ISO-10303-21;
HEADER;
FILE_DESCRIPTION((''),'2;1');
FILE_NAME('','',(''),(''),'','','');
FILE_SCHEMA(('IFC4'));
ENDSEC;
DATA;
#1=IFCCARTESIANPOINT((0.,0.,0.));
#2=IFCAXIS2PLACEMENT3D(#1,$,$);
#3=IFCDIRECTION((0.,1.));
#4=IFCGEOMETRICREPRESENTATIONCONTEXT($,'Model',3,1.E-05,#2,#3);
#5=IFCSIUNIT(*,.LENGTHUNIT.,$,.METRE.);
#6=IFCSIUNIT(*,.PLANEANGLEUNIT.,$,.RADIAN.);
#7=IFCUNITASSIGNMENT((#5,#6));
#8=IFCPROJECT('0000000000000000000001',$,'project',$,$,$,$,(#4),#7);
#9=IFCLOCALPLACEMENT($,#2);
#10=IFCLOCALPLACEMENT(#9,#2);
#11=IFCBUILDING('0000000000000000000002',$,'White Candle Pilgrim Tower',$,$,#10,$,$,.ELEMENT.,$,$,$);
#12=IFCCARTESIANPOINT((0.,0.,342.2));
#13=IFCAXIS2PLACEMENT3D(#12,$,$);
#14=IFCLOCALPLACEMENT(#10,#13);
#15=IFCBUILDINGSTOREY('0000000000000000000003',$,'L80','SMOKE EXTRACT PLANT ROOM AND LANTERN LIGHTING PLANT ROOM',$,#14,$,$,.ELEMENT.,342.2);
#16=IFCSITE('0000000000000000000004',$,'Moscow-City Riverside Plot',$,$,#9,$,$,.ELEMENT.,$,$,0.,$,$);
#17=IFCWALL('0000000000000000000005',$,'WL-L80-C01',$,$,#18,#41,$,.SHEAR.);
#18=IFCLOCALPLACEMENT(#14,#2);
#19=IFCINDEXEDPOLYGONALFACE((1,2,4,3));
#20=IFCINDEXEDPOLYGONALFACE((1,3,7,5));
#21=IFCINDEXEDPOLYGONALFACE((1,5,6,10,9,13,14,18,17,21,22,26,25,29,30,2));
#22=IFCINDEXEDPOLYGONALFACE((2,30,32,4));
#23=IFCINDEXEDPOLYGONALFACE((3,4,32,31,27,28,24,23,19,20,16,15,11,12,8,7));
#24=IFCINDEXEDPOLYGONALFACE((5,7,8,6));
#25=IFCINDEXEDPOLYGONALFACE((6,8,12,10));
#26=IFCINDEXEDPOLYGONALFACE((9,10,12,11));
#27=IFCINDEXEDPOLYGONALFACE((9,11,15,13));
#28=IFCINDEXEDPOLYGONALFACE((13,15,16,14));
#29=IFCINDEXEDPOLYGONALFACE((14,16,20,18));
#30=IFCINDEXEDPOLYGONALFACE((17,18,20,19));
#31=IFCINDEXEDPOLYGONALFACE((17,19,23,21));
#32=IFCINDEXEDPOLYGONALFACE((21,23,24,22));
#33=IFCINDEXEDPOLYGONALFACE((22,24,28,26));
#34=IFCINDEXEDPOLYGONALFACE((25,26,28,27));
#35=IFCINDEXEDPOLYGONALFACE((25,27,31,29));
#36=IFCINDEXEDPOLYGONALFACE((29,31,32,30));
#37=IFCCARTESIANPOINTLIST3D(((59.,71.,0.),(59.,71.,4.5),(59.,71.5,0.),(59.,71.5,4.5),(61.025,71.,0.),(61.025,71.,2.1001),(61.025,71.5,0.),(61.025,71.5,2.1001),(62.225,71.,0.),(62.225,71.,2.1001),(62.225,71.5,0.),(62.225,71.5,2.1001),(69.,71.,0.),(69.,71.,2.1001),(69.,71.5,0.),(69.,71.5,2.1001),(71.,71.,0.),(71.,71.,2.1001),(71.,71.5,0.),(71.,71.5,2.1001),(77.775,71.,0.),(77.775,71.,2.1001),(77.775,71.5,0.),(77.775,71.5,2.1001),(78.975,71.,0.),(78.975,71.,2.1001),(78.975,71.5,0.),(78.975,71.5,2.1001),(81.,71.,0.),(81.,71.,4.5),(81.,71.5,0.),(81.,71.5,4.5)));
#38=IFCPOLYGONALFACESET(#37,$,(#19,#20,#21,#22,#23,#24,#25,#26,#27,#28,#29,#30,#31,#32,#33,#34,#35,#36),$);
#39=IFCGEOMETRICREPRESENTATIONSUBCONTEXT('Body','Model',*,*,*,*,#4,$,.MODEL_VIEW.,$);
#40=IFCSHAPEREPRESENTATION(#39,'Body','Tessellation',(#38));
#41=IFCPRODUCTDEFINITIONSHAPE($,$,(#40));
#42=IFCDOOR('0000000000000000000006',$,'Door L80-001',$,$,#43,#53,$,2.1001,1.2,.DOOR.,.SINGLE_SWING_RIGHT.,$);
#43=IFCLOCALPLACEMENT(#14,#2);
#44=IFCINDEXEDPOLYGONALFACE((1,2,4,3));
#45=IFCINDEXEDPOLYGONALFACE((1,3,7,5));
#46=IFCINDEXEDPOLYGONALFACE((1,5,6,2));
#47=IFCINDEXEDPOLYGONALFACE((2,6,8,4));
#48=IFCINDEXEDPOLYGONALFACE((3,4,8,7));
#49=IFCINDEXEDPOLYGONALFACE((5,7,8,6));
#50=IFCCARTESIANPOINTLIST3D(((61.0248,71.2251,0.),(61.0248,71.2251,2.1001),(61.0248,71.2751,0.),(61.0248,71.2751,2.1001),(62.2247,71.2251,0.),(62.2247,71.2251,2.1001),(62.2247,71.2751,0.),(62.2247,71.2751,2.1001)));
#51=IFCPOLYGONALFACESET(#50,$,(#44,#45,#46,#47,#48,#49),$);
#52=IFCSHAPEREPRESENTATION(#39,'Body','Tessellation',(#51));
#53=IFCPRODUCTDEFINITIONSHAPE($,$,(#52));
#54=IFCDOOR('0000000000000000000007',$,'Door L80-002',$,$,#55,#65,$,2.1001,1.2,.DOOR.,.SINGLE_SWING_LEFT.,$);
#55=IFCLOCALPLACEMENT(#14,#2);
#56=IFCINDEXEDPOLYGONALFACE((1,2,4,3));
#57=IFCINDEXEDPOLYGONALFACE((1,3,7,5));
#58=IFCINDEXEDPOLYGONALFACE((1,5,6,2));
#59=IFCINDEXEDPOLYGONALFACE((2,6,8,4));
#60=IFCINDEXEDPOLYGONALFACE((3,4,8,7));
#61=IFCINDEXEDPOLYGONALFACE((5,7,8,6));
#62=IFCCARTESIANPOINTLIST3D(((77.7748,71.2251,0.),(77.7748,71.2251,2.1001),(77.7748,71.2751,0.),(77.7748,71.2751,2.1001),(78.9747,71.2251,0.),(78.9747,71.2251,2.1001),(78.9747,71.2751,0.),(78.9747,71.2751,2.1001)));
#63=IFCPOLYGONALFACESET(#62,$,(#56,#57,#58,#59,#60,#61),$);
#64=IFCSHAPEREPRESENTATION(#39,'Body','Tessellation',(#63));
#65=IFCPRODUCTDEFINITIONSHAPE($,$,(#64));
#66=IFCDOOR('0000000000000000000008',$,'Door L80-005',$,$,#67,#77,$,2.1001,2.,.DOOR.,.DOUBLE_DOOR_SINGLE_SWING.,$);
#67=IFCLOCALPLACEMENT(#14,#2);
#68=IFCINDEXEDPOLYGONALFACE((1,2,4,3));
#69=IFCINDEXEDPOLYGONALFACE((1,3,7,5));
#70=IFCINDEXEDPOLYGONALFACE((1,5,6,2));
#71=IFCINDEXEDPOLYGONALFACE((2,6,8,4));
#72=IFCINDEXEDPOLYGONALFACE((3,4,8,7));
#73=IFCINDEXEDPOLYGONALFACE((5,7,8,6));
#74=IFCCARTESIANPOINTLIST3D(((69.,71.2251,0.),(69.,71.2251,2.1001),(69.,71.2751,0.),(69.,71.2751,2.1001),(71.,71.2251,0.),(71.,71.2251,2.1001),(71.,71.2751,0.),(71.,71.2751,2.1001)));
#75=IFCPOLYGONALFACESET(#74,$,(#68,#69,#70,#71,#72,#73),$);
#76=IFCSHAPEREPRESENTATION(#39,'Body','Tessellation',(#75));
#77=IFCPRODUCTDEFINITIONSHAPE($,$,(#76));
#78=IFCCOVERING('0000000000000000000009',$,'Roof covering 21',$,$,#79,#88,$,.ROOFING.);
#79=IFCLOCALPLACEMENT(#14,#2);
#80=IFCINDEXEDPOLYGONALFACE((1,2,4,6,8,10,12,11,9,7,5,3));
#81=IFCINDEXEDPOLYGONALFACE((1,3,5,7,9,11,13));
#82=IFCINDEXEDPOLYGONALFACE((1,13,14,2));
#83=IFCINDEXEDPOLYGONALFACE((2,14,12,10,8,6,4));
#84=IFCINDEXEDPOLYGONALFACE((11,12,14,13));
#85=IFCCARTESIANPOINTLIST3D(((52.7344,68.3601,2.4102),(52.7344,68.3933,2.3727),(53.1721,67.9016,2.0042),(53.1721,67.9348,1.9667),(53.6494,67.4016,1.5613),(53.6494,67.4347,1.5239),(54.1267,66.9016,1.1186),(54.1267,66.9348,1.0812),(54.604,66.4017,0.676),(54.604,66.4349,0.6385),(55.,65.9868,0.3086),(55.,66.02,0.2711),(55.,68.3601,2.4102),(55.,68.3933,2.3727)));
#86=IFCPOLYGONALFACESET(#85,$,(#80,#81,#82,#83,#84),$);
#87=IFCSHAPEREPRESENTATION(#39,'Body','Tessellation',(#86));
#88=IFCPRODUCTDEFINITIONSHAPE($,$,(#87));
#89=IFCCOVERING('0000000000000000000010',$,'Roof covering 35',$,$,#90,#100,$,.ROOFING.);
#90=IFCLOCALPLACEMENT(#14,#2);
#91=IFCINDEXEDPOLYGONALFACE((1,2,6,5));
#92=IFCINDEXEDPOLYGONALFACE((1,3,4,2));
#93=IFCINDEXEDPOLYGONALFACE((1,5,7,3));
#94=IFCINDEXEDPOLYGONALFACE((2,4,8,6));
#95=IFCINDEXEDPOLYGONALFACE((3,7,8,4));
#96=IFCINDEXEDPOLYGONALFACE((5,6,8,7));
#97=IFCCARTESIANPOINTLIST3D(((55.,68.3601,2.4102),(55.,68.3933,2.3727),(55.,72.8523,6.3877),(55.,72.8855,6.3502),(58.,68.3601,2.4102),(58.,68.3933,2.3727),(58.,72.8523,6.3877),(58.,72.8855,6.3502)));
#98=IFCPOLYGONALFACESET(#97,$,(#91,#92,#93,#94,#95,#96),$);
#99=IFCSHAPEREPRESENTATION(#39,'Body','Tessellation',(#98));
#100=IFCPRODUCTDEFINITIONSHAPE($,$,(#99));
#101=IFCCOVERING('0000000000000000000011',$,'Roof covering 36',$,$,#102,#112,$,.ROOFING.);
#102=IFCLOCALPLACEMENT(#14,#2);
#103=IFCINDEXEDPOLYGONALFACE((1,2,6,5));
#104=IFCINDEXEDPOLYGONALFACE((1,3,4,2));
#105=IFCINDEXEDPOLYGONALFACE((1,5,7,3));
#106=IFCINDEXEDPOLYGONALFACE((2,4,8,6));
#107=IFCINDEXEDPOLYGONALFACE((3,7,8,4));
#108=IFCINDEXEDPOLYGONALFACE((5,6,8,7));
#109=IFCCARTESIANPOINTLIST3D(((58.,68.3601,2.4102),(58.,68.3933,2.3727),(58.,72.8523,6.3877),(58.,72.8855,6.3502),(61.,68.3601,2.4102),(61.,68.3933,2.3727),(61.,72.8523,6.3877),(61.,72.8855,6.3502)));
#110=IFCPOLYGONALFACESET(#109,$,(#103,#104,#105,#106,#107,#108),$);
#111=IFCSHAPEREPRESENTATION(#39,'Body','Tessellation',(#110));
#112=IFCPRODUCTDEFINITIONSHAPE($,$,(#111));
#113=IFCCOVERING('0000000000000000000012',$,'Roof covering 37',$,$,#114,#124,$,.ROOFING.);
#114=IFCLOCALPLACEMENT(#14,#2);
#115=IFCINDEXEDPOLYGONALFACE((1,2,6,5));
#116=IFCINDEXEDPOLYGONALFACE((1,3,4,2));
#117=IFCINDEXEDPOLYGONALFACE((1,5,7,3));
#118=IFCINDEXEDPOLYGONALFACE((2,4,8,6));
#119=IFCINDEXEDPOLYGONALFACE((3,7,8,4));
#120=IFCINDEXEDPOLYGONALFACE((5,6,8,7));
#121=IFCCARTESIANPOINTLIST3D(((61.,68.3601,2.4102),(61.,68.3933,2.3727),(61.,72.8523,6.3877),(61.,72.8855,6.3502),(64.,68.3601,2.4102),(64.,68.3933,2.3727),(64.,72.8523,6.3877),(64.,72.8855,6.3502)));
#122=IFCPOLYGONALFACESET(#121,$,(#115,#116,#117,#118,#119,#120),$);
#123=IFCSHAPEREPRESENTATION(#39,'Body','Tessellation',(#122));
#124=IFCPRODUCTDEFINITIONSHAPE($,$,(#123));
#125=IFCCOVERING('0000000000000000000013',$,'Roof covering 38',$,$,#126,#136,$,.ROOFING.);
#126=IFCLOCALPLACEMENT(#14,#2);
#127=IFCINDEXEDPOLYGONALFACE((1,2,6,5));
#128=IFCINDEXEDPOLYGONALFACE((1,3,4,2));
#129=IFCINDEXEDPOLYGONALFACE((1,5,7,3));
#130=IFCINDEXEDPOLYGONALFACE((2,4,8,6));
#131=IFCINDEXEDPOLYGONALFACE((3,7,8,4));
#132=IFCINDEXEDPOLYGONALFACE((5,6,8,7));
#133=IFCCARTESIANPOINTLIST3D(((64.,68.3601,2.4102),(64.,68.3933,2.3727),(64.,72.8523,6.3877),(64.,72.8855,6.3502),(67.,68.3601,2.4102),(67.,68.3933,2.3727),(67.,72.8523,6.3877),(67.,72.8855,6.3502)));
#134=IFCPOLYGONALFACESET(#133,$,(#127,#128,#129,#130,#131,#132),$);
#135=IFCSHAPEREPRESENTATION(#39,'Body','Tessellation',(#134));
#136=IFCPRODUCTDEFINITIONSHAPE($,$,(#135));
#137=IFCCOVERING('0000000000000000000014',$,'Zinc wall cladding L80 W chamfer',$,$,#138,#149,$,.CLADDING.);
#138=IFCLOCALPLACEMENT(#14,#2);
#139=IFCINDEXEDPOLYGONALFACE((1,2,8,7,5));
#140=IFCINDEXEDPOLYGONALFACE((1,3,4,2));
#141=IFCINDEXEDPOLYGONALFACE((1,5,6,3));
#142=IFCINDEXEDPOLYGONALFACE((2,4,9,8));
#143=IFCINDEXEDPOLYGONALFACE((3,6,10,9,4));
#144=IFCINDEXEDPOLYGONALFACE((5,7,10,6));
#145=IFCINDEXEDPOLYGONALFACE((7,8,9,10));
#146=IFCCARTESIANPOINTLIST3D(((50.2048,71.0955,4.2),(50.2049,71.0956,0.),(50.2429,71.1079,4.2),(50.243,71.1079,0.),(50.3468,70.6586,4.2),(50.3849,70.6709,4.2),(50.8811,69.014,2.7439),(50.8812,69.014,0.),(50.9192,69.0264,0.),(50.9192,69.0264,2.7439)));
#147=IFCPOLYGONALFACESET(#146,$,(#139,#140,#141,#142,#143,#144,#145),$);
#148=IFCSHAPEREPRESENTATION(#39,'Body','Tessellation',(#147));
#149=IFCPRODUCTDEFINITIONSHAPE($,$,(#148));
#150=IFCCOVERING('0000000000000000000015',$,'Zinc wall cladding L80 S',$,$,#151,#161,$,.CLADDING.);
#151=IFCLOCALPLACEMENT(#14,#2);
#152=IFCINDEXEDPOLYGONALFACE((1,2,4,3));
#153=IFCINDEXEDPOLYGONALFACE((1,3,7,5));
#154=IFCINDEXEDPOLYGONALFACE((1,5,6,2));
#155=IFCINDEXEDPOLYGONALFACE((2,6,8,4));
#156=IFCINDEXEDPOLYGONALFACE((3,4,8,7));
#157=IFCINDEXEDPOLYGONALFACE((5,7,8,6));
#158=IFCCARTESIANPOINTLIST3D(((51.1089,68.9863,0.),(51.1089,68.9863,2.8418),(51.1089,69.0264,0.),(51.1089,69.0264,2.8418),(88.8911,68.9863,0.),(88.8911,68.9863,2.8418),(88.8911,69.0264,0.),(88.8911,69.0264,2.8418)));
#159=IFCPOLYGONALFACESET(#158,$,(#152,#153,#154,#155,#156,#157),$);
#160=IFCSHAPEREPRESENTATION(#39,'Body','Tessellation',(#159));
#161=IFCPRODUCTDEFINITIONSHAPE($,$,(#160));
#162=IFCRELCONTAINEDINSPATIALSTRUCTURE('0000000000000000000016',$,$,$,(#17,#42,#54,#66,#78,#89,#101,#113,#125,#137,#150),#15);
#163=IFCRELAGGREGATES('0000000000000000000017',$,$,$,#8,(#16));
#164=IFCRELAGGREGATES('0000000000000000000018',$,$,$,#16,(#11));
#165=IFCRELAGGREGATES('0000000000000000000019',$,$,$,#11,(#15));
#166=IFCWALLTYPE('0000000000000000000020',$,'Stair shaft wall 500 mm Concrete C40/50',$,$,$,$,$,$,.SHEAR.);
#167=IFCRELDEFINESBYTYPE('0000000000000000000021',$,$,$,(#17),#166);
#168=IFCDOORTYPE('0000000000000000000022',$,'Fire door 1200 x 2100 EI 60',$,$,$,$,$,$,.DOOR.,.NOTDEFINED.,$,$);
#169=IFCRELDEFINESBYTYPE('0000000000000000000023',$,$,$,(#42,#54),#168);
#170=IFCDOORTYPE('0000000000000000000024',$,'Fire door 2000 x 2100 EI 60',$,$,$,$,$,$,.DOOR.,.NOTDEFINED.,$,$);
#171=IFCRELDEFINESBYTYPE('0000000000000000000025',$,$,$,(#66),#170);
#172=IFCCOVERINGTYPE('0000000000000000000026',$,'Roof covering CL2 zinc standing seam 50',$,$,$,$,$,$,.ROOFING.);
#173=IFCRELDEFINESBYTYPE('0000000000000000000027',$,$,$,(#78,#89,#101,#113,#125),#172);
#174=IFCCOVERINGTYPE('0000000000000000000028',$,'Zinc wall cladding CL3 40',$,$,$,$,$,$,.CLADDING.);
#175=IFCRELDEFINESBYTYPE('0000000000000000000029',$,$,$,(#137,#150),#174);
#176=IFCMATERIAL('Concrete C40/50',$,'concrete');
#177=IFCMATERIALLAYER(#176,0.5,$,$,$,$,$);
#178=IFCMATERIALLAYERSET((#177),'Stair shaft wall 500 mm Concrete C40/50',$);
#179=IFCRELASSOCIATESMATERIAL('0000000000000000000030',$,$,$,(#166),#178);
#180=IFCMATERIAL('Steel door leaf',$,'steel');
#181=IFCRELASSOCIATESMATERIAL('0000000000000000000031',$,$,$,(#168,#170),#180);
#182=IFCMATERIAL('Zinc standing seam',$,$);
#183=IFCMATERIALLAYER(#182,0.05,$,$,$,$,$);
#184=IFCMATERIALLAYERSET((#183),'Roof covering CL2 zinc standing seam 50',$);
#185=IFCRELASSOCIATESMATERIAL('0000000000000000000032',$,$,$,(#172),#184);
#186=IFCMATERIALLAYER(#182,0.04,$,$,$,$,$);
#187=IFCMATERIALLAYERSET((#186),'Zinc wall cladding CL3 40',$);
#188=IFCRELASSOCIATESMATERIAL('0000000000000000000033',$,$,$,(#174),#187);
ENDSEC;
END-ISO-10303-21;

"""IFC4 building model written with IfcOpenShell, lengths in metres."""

from ifc_helpers import new_model, si_unit, direction, frame, frame_2d, origin, place, context, subcontext, project, spatial, polyline, rectangle, outline, extrude, material, layer, layer_set, type_object, element, fill, save


model = new_model("IFC4")

# Units and contexts
model_context = context("Model", 3, precision=1e-05, world=origin(), true_north=direction((0.0, 1.0)))
body_context = subcontext(model_context, "Body", "Model", "MODEL_VIEW")
ifc_project = project(units=[si_unit("LENGTHUNIT", "METRE"), si_unit("PLANEANGLEUNIT", "RADIAN")], contexts=[model_context])

# Site, building, storey
site_placement = place(None, origin())
site = spatial("IfcSite", under=ifc_project, at=site_placement, Name="Moscow-City Riverside Plot", CompositionType="ELEMENT", RefElevation=0.0)
building_placement = place(site_placement, origin())
building = spatial("IfcBuilding", under=site, at=building_placement, Name="White Candle Pilgrim Tower", CompositionType="ELEMENT")
storey_placement = place(building_placement, frame((0.0, 0.0, 342.2)))
storey = spatial("IfcBuildingStorey", under=building, at=storey_placement, Name="L80", Description="SMOKE EXTRACT PLANT ROOM AND LANTERN LIGHTING PLANT ROOM", CompositionType="ELEMENT", Elevation=342.2)

# Shared definitions
ifc_material_1 = material(Name="Concrete C40/50", Category="concrete")

# Shared definitions
ifc_material_2 = material(Name="Steel door leaf", Category="steel")

# Wall, openings, doors
ifc_layer_1 = layer(ifc_material_1, 0.5)
ifc_layer_set_1 = layer_set([ifc_layer_1], Name="Stair shaft wall 500 mm Concrete C40/50")
wall_type_1 = type_object("IfcWallType", Name="Stair shaft wall 500 mm Concrete C40/50", PredefinedType="SHEAR", material=ifc_layer_set_1)
wall_1_placement = place(storey_placement, frame((59.0, 71.25, 0.0), z_axis=(0.0, 0.0, 1.0), x_axis=(1.0, 0.0, 0.0)))
wall_1 = element("IfcWall", 1, at=wall_1_placement, inside=storey, type_object=wall_type_1, Name="WL-L80-C01", PredefinedType="SHEAR", context=body_context, shape_type="SweptSolid", body=[
    extrude(rectangle(XDim=22.0, YDim=0.5, at=frame_2d((11.0, 0.0))), origin(), (0.0, 0.0, 1.0), 4.5),
])
opening_1_placement = place(wall_1_placement, frame((2.0249, 0.0, 0.0)))
opening_1 = element("IfcOpeningElement", 2, at=opening_1_placement, cuts=wall_1, PredefinedType="OPENING", context=body_context, shape_type="SweptSolid", body=[
    extrude(rectangle(XDim=1.2, YDim=2.1001, at=frame_2d((0.6001, 1.05))), frame((0.0, 0.26, 0.0), z_axis=(0.0, -1.0, 0.0), x_axis=(1.0, 0.0, 0.0)), (0.0, 0.0, 1.0), 0.52),
])
opening_2_placement = place(wall_1_placement, frame((18.7749, 0.0, 0.0)))
opening_2 = element("IfcOpeningElement", 3, at=opening_2_placement, cuts=wall_1, PredefinedType="OPENING", context=body_context, shape_type="SweptSolid", body=[
    extrude(rectangle(XDim=1.2, YDim=2.1001, at=frame_2d((0.6001, 1.05))), frame((0.0, 0.26, 0.0), z_axis=(0.0, -1.0, 0.0), x_axis=(1.0, 0.0, 0.0)), (0.0, 0.0, 1.0), 0.52),
])
opening_3_placement = place(wall_1_placement, frame((10.0, 0.0, 0.0)))
opening_3 = element("IfcOpeningElement", 4, at=opening_3_placement, cuts=wall_1, PredefinedType="OPENING", context=body_context, shape_type="SweptSolid", body=[
    extrude(rectangle(XDim=2.0, YDim=2.1001, at=frame_2d((1.0, 1.05))), frame((0.0, 0.26, 0.0), z_axis=(0.0, -1.0, 0.0), x_axis=(1.0, 0.0, 0.0)), (0.0, 0.0, 1.0), 0.52),
])
door_type_1 = type_object("IfcDoorType", Name="Fire door 1200 x 2100 EI 60", OperationType="NOTDEFINED", PredefinedType="DOOR", material=ifc_material_2)
door_1_placement = place(opening_1_placement, frame((1.2, 0.0, 0.0), z_axis=(0.0, 0.0, 1.0), x_axis=(-1.0, 0.0, 0.0)))
door_1 = element("IfcDoor", 5, at=door_1_placement, inside=storey, type_object=door_type_1, Name="Door L80-001", OperationType="SINGLE_SWING_RIGHT", OverallHeight=2.1001, OverallWidth=1.2, PredefinedType="DOOR", context=body_context, shape_type="SweptSolid", body=[
    extrude(rectangle(XDim=1.2, YDim=2.1001, at=frame_2d((0.6001, 1.05))), frame((0.0, 0.0249, 0.0), z_axis=(0.0, -1.0, 0.0), x_axis=(1.0, 0.0, 0.0)), (0.0, 0.0, 1.0), 0.05),
])
fill(opening_1, door_1)
door_2_placement = place(opening_2_placement, frame((1.2, 0.0, 0.0), z_axis=(0.0, 0.0, 1.0), x_axis=(-1.0, 0.0, 0.0)))
door_2 = element("IfcDoor", 6, at=door_2_placement, inside=storey, type_object=door_type_1, Name="Door L80-002", OperationType="SINGLE_SWING_LEFT", OverallHeight=2.1001, OverallWidth=1.2, PredefinedType="DOOR", context=body_context, shape_type="SweptSolid", body=[
    extrude(rectangle(XDim=1.2, YDim=2.1001, at=frame_2d((0.6001, 1.05))), frame((0.0, 0.0249, 0.0), z_axis=(0.0, -1.0, 0.0), x_axis=(1.0, 0.0, 0.0)), (0.0, 0.0, 1.0), 0.05),
])
fill(opening_2, door_2)
door_type_2 = type_object("IfcDoorType", Name="Fire door 2000 x 2100 EI 60", OperationType="NOTDEFINED", PredefinedType="DOOR", material=ifc_material_2)
door_3_placement = place(opening_3_placement, frame((2.0, 0.0, 0.0), z_axis=(0.0, 0.0, 1.0), x_axis=(-1.0, 0.0, 0.0)))
door_3 = element("IfcDoor", 7, at=door_3_placement, inside=storey, type_object=door_type_2, Name="Door L80-005", OperationType="DOUBLE_DOOR_SINGLE_SWING", OverallHeight=2.1001, OverallWidth=2.0, PredefinedType="DOOR", context=body_context, shape_type="SweptSolid", body=[
    extrude(rectangle(XDim=2.0, YDim=2.1001, at=frame_2d((1.0, 1.05))), frame((0.0, 0.0249, 0.0), z_axis=(0.0, -1.0, 0.0), x_axis=(1.0, 0.0, 0.0)), (0.0, 0.0, 1.0), 0.05),
])
fill(opening_3, door_3)

# Coverings
ifc_material_3 = material(Name="Zinc standing seam")
ifc_layer_2 = layer(ifc_material_3, 0.05)
ifc_layer_set_2 = layer_set([ifc_layer_2], Name="Roof covering CL2 zinc standing seam 50")
covering_type_1 = type_object("IfcCoveringType", Name="Roof covering CL2 zinc standing seam 50", PredefinedType="ROOFING", material=ifc_layer_set_2)
covering_1_placement = place(storey_placement, frame((55.0, 68.3601, 2.4102), z_axis=(-0.000001, -0.662948, 0.748665), x_axis=(0.0, -0.748665, -0.662948)))
element("IfcCovering", 8, at=covering_1_placement, inside=storey, type_object=covering_type_1, Name="Roof covering 21", PredefinedType="ROOFING", context=body_context, shape_type="SweptSolid", body=[
    extrude(outline(polyline([(0.0, 0.0), (3.17, 0.0), (2.6159, -0.396), (1.9481, -0.8733), (1.2804, -1.3506), (0.6124, -1.8279), (0.0, -2.2656), (0.0, 0.0)])), origin(), (0.0, 0.0, -1.0), 0.05),
])
for number, where, z_axis, x_axis, name in (
    (9, (55.0, 68.3601, 2.4102), (0.0, -0.662918, 0.748692), (0.0, 0.748692, 0.662918), "Roof covering 35"),
    (10, (58.0, 68.3601, 2.4102), (0.0, -0.662918, 0.748692), (0.0, 0.748692, 0.662918), "Roof covering 36"),
    (11, (61.0, 68.3601, 2.4102), (0.0, -0.662918, 0.748692), (0.0, 0.748692, 0.662918), "Roof covering 37"),
    (12, (64.0, 68.3601, 2.4102), (0.0, -0.662918, 0.748692), (0.0, 0.748692, 0.662918), "Roof covering 38"),
):
    element("IfcCovering", number, at=place(storey_placement, frame(where, z_axis=z_axis, x_axis=x_axis)), inside=storey, type_object=covering_type_1, Name=name, PredefinedType="ROOFING", context=body_context, shape_type="SweptSolid", body=[
        extrude(outline(polyline([(0.0, 0.0), (6.0, 0.0), (6.0, -3.0), (0.0, -3.0), (0.0, 0.0)])), origin(), (0.0, 0.0, -1.0), 0.05),
    ])
ifc_layer_3 = layer(ifc_material_3, 0.04)
ifc_layer_set_3 = layer_set([ifc_layer_3], Name="Zinc wall cladding CL3 40")
covering_type_2 = type_object("IfcCoveringType", Name="Zinc wall cladding CL3 40", PredefinedType="CLADDING", material=ifc_layer_set_3)
covering_2_placement = place(storey_placement, frame((50.2429, 71.1079, 4.2), z_axis=(0.951069, 0.308979, 0.000018), x_axis=(0.308979, -0.951069, 0.0)))
element("IfcCovering", 13, at=covering_2_placement, inside=storey, type_object=covering_type_2, Name="Zinc wall cladding L80 W chamfer", PredefinedType="CLADDING", context=body_context, shape_type="SweptSolid", body=[
    extrude(outline(polyline([(0.0, 0.0), (0.4595, 0.0), (2.1886, 1.4561), (2.1886, 4.2), (0.0, 4.2), (0.0, 0.0)])), origin(), (0.0, 0.0, -1.0), 0.04),
])
covering_3_placement = place(storey_placement, frame((51.1089, 69.0264, 2.8418), z_axis=(0.0, 1.0, 0.0), x_axis=(1.0, 0.0, 0.0)))
element("IfcCovering", 14, at=covering_3_placement, inside=storey, type_object=covering_type_2, Name="Zinc wall cladding L80 S", PredefinedType="CLADDING", context=body_context, shape_type="SweptSolid", body=[
    extrude(outline(polyline([(0.0, 0.0), (37.7822, 0.0), (37.7822, 2.8418), (0.0, 2.8418), (0.0, 0.0)])), origin(), (0.0, 0.0, -1.0), 0.04),
])

save(model, "model.ifc")
